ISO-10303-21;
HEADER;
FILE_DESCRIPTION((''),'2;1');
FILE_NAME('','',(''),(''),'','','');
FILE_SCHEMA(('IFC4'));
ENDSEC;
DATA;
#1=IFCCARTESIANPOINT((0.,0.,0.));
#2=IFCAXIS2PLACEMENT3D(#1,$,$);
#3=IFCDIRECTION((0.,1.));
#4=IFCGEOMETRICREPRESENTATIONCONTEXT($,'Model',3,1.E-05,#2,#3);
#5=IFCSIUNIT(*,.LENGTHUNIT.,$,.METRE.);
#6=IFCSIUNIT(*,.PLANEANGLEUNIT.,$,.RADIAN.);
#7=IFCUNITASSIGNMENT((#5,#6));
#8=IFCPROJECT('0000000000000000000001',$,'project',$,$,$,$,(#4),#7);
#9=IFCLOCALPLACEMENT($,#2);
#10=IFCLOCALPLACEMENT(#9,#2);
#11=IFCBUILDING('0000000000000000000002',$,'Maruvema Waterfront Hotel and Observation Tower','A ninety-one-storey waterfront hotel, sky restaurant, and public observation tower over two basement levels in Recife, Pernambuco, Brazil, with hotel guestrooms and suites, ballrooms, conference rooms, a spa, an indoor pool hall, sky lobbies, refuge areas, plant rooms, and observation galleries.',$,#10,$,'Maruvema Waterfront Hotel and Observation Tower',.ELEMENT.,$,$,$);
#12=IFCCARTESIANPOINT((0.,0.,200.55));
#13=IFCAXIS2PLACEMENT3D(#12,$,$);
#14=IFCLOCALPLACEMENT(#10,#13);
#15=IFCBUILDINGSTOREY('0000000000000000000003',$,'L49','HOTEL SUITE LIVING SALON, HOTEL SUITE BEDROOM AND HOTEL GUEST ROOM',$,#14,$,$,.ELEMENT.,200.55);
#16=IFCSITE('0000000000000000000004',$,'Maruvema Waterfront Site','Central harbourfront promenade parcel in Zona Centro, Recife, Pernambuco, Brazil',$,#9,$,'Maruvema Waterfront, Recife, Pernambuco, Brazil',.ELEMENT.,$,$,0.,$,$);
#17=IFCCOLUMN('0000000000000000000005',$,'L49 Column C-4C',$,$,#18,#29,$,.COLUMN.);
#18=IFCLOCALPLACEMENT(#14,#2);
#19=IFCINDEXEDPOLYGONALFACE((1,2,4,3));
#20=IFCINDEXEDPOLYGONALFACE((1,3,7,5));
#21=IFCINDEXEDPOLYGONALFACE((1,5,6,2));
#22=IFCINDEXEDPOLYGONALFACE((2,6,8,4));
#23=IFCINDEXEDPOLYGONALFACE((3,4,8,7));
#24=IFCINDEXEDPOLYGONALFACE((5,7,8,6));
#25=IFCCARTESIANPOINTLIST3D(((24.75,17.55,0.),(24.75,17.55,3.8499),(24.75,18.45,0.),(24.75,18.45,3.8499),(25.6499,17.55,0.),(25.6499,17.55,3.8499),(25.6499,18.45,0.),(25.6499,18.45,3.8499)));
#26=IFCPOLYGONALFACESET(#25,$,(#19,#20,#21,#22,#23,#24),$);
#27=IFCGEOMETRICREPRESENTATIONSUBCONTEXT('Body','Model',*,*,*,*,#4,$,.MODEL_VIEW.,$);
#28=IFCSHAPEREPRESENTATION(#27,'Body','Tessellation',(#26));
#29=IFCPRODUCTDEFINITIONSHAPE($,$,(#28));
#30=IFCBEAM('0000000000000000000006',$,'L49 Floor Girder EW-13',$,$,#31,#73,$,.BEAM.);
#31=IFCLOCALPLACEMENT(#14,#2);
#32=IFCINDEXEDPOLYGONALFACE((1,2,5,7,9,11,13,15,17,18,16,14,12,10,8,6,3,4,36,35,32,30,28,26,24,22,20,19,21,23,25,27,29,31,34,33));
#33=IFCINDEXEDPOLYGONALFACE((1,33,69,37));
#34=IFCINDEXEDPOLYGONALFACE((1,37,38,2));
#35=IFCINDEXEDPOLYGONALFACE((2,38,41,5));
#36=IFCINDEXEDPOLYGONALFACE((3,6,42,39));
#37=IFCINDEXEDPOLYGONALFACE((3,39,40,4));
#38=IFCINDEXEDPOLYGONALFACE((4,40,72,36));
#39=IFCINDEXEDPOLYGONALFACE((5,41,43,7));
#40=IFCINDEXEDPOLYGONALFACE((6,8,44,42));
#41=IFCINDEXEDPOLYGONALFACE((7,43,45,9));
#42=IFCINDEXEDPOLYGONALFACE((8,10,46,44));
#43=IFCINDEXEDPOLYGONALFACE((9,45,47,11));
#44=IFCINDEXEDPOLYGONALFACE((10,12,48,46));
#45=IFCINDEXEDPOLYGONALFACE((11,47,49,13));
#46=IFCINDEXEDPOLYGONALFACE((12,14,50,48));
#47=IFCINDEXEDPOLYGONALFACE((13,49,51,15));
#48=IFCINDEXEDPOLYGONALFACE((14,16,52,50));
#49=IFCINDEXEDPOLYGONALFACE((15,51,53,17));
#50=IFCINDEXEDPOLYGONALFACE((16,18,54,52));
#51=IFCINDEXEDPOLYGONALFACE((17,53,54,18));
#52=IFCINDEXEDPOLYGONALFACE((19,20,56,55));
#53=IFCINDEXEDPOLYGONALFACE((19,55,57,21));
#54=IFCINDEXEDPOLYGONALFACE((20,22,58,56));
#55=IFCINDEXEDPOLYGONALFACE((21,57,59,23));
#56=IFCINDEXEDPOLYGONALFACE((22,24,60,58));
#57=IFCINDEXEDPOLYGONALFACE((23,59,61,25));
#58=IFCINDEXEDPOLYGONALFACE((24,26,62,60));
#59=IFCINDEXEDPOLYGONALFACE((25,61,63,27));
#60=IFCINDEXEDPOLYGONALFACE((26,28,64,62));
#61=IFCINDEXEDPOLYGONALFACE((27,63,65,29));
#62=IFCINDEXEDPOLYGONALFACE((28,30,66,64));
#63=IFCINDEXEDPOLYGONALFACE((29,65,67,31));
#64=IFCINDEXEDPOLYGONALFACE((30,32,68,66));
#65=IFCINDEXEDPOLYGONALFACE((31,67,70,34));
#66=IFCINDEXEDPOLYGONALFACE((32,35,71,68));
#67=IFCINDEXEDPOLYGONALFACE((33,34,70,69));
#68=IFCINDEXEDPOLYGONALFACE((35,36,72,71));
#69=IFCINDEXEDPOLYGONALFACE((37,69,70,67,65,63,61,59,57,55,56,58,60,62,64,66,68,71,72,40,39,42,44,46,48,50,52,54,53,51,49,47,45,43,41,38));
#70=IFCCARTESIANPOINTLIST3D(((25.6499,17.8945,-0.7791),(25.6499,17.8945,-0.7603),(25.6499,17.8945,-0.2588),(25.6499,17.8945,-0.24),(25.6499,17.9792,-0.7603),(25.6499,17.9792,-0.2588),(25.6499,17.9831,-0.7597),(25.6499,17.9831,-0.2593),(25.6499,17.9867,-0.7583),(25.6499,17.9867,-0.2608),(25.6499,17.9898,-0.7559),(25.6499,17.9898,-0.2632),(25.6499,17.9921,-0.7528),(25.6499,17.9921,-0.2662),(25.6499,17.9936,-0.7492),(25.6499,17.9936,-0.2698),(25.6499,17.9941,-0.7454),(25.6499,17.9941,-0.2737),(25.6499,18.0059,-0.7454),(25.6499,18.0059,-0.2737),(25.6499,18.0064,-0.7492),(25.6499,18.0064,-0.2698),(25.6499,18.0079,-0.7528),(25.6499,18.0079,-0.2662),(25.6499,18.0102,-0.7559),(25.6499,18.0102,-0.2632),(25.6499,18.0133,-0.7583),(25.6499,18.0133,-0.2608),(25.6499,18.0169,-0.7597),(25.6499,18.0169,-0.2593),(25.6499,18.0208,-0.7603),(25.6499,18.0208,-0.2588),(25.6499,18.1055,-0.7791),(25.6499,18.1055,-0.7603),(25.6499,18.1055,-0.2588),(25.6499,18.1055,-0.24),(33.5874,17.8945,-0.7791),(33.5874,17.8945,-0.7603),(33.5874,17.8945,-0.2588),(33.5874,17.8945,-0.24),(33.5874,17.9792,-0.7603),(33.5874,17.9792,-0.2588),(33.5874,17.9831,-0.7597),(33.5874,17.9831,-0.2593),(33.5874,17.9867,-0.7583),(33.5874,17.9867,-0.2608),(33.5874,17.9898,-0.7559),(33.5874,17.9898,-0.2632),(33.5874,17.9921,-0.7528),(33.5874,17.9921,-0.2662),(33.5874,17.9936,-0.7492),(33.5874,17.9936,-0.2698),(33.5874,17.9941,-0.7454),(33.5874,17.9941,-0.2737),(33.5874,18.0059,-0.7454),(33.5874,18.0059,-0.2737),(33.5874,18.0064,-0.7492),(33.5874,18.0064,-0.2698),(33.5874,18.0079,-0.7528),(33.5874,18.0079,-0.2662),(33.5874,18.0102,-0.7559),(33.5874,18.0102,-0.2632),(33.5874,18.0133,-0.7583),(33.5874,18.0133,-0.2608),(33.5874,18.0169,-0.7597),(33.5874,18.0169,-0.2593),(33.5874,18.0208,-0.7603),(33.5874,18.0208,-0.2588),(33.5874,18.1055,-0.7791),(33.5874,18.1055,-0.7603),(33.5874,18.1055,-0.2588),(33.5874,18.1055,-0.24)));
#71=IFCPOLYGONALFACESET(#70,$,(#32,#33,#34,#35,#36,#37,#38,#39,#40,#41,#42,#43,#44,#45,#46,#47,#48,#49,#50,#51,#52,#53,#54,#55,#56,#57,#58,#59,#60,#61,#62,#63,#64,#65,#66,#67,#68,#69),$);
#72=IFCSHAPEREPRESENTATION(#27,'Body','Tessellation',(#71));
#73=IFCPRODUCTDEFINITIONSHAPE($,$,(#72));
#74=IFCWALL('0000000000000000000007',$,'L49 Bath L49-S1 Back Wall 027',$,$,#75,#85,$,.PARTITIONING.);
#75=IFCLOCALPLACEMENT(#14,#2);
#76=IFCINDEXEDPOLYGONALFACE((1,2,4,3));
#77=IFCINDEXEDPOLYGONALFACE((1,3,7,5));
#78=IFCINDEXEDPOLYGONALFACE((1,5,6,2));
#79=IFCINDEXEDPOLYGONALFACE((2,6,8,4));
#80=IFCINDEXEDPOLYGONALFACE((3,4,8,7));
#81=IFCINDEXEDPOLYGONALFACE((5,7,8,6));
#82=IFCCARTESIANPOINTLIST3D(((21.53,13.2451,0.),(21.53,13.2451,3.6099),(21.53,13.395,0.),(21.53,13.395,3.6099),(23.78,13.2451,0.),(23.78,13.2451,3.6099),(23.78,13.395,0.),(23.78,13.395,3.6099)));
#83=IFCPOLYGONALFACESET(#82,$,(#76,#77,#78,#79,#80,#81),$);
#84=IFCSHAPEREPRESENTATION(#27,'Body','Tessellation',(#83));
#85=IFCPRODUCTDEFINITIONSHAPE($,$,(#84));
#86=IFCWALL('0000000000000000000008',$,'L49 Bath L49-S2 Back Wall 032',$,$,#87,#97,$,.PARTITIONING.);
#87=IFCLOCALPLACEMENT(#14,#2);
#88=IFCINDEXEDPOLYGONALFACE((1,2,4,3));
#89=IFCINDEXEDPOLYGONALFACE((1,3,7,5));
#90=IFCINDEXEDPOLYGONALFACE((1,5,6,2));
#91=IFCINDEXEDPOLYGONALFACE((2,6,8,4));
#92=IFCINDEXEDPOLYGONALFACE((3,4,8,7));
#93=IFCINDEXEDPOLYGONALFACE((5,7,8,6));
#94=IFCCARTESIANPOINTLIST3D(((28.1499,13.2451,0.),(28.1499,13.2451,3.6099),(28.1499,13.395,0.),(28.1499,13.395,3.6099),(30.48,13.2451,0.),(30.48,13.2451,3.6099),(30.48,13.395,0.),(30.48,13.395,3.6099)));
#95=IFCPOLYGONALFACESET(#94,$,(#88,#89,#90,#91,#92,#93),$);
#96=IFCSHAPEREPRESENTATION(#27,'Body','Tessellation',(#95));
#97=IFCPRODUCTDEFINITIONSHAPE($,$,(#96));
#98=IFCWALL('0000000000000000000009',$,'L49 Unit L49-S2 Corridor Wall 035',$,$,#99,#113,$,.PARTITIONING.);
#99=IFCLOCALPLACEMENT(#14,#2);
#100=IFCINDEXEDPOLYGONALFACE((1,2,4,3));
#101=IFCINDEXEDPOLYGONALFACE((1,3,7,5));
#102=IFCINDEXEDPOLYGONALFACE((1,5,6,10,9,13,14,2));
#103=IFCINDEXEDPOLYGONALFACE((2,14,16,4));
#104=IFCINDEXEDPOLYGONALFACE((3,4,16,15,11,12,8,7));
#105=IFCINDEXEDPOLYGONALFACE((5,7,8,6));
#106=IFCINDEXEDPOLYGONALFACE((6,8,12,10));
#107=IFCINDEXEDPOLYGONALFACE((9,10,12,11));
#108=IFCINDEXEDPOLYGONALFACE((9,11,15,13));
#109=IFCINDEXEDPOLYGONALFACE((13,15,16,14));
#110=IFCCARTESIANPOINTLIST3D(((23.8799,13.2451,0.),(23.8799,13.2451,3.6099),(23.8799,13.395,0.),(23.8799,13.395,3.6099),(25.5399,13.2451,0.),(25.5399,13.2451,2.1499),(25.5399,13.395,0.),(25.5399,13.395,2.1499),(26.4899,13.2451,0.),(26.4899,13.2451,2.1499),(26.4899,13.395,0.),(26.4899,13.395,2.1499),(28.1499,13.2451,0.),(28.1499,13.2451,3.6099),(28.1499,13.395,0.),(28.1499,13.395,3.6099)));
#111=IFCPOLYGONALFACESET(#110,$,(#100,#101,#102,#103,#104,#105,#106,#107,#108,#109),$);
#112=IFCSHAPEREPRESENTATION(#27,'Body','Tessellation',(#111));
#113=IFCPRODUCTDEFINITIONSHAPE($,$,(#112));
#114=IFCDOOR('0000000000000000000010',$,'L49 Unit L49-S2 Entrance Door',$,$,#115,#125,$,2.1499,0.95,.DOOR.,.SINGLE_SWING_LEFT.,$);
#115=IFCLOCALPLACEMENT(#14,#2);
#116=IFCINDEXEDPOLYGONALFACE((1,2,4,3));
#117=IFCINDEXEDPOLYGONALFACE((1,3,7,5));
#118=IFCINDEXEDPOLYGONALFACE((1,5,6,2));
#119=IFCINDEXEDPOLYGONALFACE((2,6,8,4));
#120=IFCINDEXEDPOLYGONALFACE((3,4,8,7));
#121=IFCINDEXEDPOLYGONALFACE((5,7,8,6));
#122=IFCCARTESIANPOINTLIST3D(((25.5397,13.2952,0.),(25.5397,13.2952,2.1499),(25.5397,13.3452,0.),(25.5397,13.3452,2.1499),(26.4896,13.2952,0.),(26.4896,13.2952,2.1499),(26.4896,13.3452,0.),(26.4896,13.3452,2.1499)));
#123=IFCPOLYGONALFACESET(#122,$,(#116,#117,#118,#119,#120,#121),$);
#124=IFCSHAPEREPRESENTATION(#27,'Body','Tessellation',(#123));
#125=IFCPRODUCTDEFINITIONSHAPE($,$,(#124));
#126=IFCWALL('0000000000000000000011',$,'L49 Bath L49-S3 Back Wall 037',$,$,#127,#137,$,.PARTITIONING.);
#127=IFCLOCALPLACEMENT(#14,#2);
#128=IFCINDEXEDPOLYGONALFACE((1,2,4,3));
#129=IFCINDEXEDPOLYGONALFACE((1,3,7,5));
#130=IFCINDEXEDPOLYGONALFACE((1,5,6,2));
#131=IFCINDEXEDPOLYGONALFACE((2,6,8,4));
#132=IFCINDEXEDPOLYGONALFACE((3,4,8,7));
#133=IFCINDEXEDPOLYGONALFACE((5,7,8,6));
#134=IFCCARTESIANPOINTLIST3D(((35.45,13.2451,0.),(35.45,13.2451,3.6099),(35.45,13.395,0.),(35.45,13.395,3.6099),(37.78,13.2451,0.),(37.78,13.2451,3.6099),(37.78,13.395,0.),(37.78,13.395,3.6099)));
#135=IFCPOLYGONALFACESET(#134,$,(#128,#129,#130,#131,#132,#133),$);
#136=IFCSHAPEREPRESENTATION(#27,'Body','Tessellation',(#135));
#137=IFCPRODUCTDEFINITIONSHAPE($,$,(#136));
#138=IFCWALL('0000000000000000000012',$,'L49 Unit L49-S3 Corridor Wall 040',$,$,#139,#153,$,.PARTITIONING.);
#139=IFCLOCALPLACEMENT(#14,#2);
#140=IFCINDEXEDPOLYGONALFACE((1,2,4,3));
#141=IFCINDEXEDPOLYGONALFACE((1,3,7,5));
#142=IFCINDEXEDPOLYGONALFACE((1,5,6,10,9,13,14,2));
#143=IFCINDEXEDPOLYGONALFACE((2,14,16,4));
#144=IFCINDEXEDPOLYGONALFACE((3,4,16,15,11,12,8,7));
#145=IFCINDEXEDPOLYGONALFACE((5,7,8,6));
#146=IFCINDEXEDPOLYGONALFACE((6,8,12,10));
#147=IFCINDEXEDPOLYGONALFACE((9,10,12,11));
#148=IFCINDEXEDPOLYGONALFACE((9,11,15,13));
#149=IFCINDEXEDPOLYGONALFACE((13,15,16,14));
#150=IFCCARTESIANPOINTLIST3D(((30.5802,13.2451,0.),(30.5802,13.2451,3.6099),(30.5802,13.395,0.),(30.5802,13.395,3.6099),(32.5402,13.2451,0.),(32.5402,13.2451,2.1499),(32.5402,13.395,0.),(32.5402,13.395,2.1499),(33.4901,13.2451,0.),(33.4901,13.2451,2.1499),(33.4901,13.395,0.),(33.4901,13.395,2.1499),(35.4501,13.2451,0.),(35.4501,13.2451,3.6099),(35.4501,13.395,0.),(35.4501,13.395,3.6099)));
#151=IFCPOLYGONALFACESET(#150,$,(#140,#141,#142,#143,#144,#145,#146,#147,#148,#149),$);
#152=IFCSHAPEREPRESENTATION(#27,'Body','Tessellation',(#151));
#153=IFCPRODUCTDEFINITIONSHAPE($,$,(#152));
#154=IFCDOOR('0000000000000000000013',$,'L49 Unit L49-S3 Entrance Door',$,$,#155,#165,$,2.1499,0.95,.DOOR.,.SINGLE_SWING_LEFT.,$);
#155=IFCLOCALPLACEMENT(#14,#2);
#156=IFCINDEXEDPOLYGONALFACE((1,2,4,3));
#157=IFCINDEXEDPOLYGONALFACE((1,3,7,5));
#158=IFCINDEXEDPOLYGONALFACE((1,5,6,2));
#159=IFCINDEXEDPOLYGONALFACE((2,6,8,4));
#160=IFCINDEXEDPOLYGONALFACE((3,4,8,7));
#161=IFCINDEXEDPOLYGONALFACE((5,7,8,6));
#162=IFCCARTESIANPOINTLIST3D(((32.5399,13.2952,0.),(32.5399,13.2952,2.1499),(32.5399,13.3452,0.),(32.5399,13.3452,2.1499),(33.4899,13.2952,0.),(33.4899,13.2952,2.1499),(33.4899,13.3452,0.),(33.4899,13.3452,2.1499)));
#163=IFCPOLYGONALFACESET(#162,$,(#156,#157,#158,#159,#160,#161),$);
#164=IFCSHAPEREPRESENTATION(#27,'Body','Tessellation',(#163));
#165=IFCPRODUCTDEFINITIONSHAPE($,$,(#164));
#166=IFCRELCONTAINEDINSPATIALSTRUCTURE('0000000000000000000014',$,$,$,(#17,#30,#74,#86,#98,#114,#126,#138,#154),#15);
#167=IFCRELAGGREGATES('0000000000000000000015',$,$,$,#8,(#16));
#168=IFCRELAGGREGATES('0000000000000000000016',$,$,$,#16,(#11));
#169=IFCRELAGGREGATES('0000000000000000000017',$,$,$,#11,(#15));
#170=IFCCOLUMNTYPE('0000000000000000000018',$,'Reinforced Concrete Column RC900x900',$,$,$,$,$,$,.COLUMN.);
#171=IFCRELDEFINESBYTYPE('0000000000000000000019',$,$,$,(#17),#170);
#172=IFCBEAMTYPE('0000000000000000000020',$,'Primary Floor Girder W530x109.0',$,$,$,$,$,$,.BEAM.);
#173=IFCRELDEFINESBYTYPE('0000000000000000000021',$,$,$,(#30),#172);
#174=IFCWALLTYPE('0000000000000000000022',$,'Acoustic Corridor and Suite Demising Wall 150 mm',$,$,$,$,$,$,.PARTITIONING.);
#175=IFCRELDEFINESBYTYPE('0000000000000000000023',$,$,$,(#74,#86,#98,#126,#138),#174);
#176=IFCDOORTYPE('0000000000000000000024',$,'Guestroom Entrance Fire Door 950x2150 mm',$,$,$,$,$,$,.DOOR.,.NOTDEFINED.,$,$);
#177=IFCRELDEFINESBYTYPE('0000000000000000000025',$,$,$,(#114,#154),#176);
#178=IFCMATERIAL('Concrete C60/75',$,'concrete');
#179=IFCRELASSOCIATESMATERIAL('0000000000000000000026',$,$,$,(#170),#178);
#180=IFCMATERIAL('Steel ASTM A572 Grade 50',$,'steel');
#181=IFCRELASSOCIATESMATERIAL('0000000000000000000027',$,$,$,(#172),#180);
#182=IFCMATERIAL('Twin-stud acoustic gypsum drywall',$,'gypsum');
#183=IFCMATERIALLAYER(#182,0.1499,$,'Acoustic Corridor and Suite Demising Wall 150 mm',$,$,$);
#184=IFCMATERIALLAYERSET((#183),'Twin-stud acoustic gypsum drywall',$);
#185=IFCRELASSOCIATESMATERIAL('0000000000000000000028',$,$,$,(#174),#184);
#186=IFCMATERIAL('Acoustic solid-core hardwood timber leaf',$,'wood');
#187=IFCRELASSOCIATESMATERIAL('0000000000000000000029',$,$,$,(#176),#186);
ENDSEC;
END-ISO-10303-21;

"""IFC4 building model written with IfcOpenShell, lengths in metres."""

from ifc_helpers import new_model, si_unit, direction, frame, frame_2d, origin, origin_2d, place, context, subcontext, project, spatial, rectangle, i_section, extrude, material, layer, layer_set, material_profile, profile_set, type_object, element, fill, save


model = new_model("IFC4")

# Units and contexts
model_context = context("Model", 3, precision=1e-05, world=origin(), true_north=direction((0.0, 1.0)))
body_context = subcontext(model_context, "Body", "Model", "MODEL_VIEW")
ifc_project = project(units=[si_unit("LENGTHUNIT", "METRE"), si_unit("PLANEANGLEUNIT", "RADIAN")], contexts=[model_context])

# Site, building, storey
site_placement = place(None, origin())
site = spatial("IfcSite", under=ifc_project, at=site_placement, Name="Maruvema Waterfront Site", Description="Central harbourfront promenade parcel in Zona Centro, Recife, Pernambuco, Brazil", LongName="Maruvema Waterfront, Recife, Pernambuco, Brazil", CompositionType="ELEMENT", RefElevation=0.0)
building_placement = place(site_placement, origin())
building = spatial("IfcBuilding", under=site, at=building_placement, Name="Maruvema Waterfront Hotel and Observation Tower", Description="A ninety-one-storey waterfront hotel, sky restaurant, and public observation tower over two basement levels in Recife, Pernambuco, Brazil, with hotel guestrooms and suites, ballrooms, conference rooms, a spa, an indoor pool hall, sky lobbies, refuge areas, plant rooms, and observation galleries.", LongName="Maruvema Waterfront Hotel and Observation Tower", CompositionType="ELEMENT")
storey_placement = place(building_placement, frame((0.0, 0.0, 200.55)))
storey = spatial("IfcBuildingStorey", under=building, at=storey_placement, Name="L49", Description="HOTEL SUITE LIVING SALON, HOTEL SUITE BEDROOM AND HOTEL GUEST ROOM", CompositionType="ELEMENT", Elevation=200.55)

# Column
ifc_material_1 = material(Name="Concrete C60/75", Category="concrete")
ifc_material_profile_1 = material_profile(ifc_material_1, rectangle(XDim=0.8999, YDim=0.8999, at=origin_2d()), Name="RC900x900")
ifc_profile_set_1 = profile_set([ifc_material_profile_1], Name="Concrete C60/75")
column_type = type_object("IfcColumnType", Name="Reinforced Concrete Column RC900x900", PredefinedType="COLUMN", material=ifc_profile_set_1)
column_placement = place(storey_placement, frame((25.2, 18.0, 0.0), z_axis=(0.0, 0.0, 1.0), x_axis=(1.0, 0.0, 0.0)))
element("IfcColumn", 1, at=column_placement, inside=storey, type_object=column_type, Name="L49 Column C-4C", PredefinedType="COLUMN", context=body_context, shape_type="SweptSolid", body=[
    extrude(rectangle(XDim=0.8999, YDim=0.8999, at=origin_2d()), origin(), (0.0, 0.0, 1.0), 3.8499),
])

# Beam
ifc_material_2 = material(Name="Steel ASTM A572 Grade 50", Category="steel")
ifc_material_profile_2 = material_profile(ifc_material_2, i_section(OverallWidth=0.2109, OverallDepth=0.5391, WebThickness=0.0117, FlangeThickness=0.0188, FilletRadius=0.0149, at=origin_2d()), Name="W530x109.0")
ifc_profile_set_2 = profile_set([ifc_material_profile_2], Name="Steel ASTM A572 Grade 50")
beam_type = type_object("IfcBeamType", Name="Primary Floor Girder W530x109.0", PredefinedType="BEAM", material=ifc_profile_set_2)
beam_placement = place(storey_placement, frame((25.6499, 18.0, -0.5095), z_axis=(1.0, 0.0, 0.0), x_axis=(0.0, 1.0, 0.0)))
element("IfcBeam", 2, at=beam_placement, inside=storey, type_object=beam_type, Name="L49 Floor Girder EW-13", PredefinedType="BEAM", context=body_context, shape_type="SweptSolid", body=[
    extrude(i_section(OverallWidth=0.2109, OverallDepth=0.5391, WebThickness=0.0117, FlangeThickness=0.0188, FilletRadius=0.0149, at=origin_2d()), origin(), (0.0, 0.0, 1.0), 7.9375),
])

# Walls
ifc_material_3 = material(Name="Twin-stud acoustic gypsum drywall", Category="gypsum")
ifc_layer_1 = layer(ifc_material_3, 0.1499, Name="Acoustic Corridor and Suite Demising Wall 150 mm")
ifc_layer_set_1 = layer_set([ifc_layer_1], Name="Twin-stud acoustic gypsum drywall")
wall_type_1 = type_object("IfcWallType", Name="Acoustic Corridor and Suite Demising Wall 150 mm", PredefinedType="PARTITIONING", material=ifc_layer_set_1)
wall_1_placement = place(storey_placement, frame((21.53, 13.3201, 0.0), z_axis=(0.0, 0.0, 1.0), x_axis=(1.0, 0.0, 0.0)))
element("IfcWall", 3, at=wall_1_placement, inside=storey, type_object=wall_type_1, Name="L49 Bath L49-S1 Back Wall 027", PredefinedType="PARTITIONING", context=body_context, shape_type="SweptSolid", body=[
    extrude(rectangle(XDim=2.25, YDim=0.1499, at=frame_2d((1.125, 0.0))), origin(), (0.0, 0.0, 1.0), 3.6099),
])
wall_2_placement = place(storey_placement, frame((28.1499, 13.3201, 0.0), z_axis=(0.0, 0.0, 1.0), x_axis=(1.0, 0.0, 0.0)))
element("IfcWall", 4, at=wall_2_placement, inside=storey, type_object=wall_type_1, Name="L49 Bath L49-S2 Back Wall 032", PredefinedType="PARTITIONING", context=body_context, shape_type="SweptSolid", body=[
    extrude(rectangle(XDim=2.3301, YDim=0.1499, at=frame_2d((1.165, 0.0))), origin(), (0.0, 0.0, 1.0), 3.6099),
])

# Wall, opening, door
wall_3_placement = place(storey_placement, frame((23.8799, 13.3201, 0.0), z_axis=(0.0, 0.0, 1.0), x_axis=(1.0, 0.0, 0.0)))
wall_3 = element("IfcWall", 5, at=wall_3_placement, inside=storey, type_object=wall_type_1, Name="L49 Unit L49-S2 Corridor Wall 035", PredefinedType="PARTITIONING", context=body_context, shape_type="SweptSolid", body=[
    extrude(rectangle(XDim=4.27, YDim=0.1499, at=frame_2d((2.135, 0.0))), origin(), (0.0, 0.0, 1.0), 3.6099),
])
opening_1_placement = place(wall_3_placement, frame((1.6599, 0.0, 0.0)))
opening_1 = element("IfcOpeningElement", 6, at=opening_1_placement, cuts=wall_3, PredefinedType="OPENING", context=body_context, shape_type="SweptSolid", body=[
    extrude(rectangle(XDim=0.95, YDim=2.1499, at=frame_2d((0.4751, 1.075))), frame((0.0, 0.085, 0.0), z_axis=(0.0, -1.0, 0.0), x_axis=(1.0, 0.0, 0.0)), (0.0, 0.0, 1.0), 0.1699),
])
ifc_material_4 = material(Name="Acoustic solid-core hardwood timber leaf", Category="wood")
door_type_1 = type_object("IfcDoorType", Name="Guestroom Entrance Fire Door 950x2150 mm", OperationType="NOTDEFINED", PredefinedType="DOOR", material=ifc_material_4)
door_1_placement = place(opening_1_placement, frame((0.95, 0.0, 0.0), z_axis=(0.0, 0.0, 1.0), x_axis=(-1.0, 0.0, 0.0)))
door_1 = element("IfcDoor", 7, at=door_1_placement, inside=storey, type_object=door_type_1, Name="L49 Unit L49-S2 Entrance Door", OperationType="SINGLE_SWING_LEFT", OverallHeight=2.1499, OverallWidth=0.95, PredefinedType="DOOR", context=body_context, shape_type="SweptSolid", body=[
    extrude(rectangle(XDim=0.95, YDim=2.1499, at=frame_2d((0.4751, 1.075))), frame((0.0, 0.0249, 0.0), z_axis=(0.0, -1.0, 0.0), x_axis=(1.0, 0.0, 0.0)), (0.0, 0.0, 1.0), 0.05),
])
fill(opening_1, door_1)

# Wall
wall_4_placement = place(storey_placement, frame((35.45, 13.3201, 0.0), z_axis=(0.0, 0.0, 1.0), x_axis=(1.0, 0.0, 0.0)))
element("IfcWall", 8, at=wall_4_placement, inside=storey, type_object=wall_type_1, Name="L49 Bath L49-S3 Back Wall 037", PredefinedType="PARTITIONING", context=body_context, shape_type="SweptSolid", body=[
    extrude(rectangle(XDim=2.3301, YDim=0.1499, at=frame_2d((1.165, 0.0))), origin(), (0.0, 0.0, 1.0), 3.6099),
])

# Wall, opening, door
wall_5_placement = place(storey_placement, frame((30.5801, 13.3201, 0.0), z_axis=(0.0, 0.0, 1.0), x_axis=(1.0, 0.0, 0.0)))
wall_5 = element("IfcWall", 9, at=wall_5_placement, inside=storey, type_object=wall_type_1, Name="L49 Unit L49-S3 Corridor Wall 040", PredefinedType="PARTITIONING", context=body_context, shape_type="SweptSolid", body=[
    extrude(rectangle(XDim=4.8699, YDim=0.1499, at=frame_2d((2.4351, 0.0))), origin(), (0.0, 0.0, 1.0), 3.6099),
])
opening_2_placement = place(wall_5_placement, frame((1.96, 0.0, 0.0)))
opening_2 = element("IfcOpeningElement", 10, at=opening_2_placement, cuts=wall_5, PredefinedType="OPENING", context=body_context, shape_type="SweptSolid", body=[
    extrude(rectangle(XDim=0.95, YDim=2.1499, at=frame_2d((0.4751, 1.075))), frame((0.0, 0.085, 0.0), z_axis=(0.0, -1.0, 0.0), x_axis=(1.0, 0.0, 0.0)), (0.0, 0.0, 1.0), 0.1699),
])
door_2_placement = place(opening_2_placement, frame((0.95, 0.0, 0.0), z_axis=(0.0, 0.0, 1.0), x_axis=(-1.0, 0.0, 0.0)))
door_2 = element("IfcDoor", 11, at=door_2_placement, inside=storey, type_object=door_type_1, Name="L49 Unit L49-S3 Entrance Door", OperationType="SINGLE_SWING_LEFT", OverallHeight=2.1499, OverallWidth=0.95, PredefinedType="DOOR", context=body_context, shape_type="SweptSolid", body=[
    extrude(rectangle(XDim=0.95, YDim=2.1499, at=frame_2d((0.4751, 1.075))), frame((0.0, 0.0249, 0.0), z_axis=(0.0, -1.0, 0.0), x_axis=(1.0, 0.0, 0.0)), (0.0, 0.0, 1.0), 0.05),
])
fill(opening_2, door_2)

save(model, "model.ifc")
